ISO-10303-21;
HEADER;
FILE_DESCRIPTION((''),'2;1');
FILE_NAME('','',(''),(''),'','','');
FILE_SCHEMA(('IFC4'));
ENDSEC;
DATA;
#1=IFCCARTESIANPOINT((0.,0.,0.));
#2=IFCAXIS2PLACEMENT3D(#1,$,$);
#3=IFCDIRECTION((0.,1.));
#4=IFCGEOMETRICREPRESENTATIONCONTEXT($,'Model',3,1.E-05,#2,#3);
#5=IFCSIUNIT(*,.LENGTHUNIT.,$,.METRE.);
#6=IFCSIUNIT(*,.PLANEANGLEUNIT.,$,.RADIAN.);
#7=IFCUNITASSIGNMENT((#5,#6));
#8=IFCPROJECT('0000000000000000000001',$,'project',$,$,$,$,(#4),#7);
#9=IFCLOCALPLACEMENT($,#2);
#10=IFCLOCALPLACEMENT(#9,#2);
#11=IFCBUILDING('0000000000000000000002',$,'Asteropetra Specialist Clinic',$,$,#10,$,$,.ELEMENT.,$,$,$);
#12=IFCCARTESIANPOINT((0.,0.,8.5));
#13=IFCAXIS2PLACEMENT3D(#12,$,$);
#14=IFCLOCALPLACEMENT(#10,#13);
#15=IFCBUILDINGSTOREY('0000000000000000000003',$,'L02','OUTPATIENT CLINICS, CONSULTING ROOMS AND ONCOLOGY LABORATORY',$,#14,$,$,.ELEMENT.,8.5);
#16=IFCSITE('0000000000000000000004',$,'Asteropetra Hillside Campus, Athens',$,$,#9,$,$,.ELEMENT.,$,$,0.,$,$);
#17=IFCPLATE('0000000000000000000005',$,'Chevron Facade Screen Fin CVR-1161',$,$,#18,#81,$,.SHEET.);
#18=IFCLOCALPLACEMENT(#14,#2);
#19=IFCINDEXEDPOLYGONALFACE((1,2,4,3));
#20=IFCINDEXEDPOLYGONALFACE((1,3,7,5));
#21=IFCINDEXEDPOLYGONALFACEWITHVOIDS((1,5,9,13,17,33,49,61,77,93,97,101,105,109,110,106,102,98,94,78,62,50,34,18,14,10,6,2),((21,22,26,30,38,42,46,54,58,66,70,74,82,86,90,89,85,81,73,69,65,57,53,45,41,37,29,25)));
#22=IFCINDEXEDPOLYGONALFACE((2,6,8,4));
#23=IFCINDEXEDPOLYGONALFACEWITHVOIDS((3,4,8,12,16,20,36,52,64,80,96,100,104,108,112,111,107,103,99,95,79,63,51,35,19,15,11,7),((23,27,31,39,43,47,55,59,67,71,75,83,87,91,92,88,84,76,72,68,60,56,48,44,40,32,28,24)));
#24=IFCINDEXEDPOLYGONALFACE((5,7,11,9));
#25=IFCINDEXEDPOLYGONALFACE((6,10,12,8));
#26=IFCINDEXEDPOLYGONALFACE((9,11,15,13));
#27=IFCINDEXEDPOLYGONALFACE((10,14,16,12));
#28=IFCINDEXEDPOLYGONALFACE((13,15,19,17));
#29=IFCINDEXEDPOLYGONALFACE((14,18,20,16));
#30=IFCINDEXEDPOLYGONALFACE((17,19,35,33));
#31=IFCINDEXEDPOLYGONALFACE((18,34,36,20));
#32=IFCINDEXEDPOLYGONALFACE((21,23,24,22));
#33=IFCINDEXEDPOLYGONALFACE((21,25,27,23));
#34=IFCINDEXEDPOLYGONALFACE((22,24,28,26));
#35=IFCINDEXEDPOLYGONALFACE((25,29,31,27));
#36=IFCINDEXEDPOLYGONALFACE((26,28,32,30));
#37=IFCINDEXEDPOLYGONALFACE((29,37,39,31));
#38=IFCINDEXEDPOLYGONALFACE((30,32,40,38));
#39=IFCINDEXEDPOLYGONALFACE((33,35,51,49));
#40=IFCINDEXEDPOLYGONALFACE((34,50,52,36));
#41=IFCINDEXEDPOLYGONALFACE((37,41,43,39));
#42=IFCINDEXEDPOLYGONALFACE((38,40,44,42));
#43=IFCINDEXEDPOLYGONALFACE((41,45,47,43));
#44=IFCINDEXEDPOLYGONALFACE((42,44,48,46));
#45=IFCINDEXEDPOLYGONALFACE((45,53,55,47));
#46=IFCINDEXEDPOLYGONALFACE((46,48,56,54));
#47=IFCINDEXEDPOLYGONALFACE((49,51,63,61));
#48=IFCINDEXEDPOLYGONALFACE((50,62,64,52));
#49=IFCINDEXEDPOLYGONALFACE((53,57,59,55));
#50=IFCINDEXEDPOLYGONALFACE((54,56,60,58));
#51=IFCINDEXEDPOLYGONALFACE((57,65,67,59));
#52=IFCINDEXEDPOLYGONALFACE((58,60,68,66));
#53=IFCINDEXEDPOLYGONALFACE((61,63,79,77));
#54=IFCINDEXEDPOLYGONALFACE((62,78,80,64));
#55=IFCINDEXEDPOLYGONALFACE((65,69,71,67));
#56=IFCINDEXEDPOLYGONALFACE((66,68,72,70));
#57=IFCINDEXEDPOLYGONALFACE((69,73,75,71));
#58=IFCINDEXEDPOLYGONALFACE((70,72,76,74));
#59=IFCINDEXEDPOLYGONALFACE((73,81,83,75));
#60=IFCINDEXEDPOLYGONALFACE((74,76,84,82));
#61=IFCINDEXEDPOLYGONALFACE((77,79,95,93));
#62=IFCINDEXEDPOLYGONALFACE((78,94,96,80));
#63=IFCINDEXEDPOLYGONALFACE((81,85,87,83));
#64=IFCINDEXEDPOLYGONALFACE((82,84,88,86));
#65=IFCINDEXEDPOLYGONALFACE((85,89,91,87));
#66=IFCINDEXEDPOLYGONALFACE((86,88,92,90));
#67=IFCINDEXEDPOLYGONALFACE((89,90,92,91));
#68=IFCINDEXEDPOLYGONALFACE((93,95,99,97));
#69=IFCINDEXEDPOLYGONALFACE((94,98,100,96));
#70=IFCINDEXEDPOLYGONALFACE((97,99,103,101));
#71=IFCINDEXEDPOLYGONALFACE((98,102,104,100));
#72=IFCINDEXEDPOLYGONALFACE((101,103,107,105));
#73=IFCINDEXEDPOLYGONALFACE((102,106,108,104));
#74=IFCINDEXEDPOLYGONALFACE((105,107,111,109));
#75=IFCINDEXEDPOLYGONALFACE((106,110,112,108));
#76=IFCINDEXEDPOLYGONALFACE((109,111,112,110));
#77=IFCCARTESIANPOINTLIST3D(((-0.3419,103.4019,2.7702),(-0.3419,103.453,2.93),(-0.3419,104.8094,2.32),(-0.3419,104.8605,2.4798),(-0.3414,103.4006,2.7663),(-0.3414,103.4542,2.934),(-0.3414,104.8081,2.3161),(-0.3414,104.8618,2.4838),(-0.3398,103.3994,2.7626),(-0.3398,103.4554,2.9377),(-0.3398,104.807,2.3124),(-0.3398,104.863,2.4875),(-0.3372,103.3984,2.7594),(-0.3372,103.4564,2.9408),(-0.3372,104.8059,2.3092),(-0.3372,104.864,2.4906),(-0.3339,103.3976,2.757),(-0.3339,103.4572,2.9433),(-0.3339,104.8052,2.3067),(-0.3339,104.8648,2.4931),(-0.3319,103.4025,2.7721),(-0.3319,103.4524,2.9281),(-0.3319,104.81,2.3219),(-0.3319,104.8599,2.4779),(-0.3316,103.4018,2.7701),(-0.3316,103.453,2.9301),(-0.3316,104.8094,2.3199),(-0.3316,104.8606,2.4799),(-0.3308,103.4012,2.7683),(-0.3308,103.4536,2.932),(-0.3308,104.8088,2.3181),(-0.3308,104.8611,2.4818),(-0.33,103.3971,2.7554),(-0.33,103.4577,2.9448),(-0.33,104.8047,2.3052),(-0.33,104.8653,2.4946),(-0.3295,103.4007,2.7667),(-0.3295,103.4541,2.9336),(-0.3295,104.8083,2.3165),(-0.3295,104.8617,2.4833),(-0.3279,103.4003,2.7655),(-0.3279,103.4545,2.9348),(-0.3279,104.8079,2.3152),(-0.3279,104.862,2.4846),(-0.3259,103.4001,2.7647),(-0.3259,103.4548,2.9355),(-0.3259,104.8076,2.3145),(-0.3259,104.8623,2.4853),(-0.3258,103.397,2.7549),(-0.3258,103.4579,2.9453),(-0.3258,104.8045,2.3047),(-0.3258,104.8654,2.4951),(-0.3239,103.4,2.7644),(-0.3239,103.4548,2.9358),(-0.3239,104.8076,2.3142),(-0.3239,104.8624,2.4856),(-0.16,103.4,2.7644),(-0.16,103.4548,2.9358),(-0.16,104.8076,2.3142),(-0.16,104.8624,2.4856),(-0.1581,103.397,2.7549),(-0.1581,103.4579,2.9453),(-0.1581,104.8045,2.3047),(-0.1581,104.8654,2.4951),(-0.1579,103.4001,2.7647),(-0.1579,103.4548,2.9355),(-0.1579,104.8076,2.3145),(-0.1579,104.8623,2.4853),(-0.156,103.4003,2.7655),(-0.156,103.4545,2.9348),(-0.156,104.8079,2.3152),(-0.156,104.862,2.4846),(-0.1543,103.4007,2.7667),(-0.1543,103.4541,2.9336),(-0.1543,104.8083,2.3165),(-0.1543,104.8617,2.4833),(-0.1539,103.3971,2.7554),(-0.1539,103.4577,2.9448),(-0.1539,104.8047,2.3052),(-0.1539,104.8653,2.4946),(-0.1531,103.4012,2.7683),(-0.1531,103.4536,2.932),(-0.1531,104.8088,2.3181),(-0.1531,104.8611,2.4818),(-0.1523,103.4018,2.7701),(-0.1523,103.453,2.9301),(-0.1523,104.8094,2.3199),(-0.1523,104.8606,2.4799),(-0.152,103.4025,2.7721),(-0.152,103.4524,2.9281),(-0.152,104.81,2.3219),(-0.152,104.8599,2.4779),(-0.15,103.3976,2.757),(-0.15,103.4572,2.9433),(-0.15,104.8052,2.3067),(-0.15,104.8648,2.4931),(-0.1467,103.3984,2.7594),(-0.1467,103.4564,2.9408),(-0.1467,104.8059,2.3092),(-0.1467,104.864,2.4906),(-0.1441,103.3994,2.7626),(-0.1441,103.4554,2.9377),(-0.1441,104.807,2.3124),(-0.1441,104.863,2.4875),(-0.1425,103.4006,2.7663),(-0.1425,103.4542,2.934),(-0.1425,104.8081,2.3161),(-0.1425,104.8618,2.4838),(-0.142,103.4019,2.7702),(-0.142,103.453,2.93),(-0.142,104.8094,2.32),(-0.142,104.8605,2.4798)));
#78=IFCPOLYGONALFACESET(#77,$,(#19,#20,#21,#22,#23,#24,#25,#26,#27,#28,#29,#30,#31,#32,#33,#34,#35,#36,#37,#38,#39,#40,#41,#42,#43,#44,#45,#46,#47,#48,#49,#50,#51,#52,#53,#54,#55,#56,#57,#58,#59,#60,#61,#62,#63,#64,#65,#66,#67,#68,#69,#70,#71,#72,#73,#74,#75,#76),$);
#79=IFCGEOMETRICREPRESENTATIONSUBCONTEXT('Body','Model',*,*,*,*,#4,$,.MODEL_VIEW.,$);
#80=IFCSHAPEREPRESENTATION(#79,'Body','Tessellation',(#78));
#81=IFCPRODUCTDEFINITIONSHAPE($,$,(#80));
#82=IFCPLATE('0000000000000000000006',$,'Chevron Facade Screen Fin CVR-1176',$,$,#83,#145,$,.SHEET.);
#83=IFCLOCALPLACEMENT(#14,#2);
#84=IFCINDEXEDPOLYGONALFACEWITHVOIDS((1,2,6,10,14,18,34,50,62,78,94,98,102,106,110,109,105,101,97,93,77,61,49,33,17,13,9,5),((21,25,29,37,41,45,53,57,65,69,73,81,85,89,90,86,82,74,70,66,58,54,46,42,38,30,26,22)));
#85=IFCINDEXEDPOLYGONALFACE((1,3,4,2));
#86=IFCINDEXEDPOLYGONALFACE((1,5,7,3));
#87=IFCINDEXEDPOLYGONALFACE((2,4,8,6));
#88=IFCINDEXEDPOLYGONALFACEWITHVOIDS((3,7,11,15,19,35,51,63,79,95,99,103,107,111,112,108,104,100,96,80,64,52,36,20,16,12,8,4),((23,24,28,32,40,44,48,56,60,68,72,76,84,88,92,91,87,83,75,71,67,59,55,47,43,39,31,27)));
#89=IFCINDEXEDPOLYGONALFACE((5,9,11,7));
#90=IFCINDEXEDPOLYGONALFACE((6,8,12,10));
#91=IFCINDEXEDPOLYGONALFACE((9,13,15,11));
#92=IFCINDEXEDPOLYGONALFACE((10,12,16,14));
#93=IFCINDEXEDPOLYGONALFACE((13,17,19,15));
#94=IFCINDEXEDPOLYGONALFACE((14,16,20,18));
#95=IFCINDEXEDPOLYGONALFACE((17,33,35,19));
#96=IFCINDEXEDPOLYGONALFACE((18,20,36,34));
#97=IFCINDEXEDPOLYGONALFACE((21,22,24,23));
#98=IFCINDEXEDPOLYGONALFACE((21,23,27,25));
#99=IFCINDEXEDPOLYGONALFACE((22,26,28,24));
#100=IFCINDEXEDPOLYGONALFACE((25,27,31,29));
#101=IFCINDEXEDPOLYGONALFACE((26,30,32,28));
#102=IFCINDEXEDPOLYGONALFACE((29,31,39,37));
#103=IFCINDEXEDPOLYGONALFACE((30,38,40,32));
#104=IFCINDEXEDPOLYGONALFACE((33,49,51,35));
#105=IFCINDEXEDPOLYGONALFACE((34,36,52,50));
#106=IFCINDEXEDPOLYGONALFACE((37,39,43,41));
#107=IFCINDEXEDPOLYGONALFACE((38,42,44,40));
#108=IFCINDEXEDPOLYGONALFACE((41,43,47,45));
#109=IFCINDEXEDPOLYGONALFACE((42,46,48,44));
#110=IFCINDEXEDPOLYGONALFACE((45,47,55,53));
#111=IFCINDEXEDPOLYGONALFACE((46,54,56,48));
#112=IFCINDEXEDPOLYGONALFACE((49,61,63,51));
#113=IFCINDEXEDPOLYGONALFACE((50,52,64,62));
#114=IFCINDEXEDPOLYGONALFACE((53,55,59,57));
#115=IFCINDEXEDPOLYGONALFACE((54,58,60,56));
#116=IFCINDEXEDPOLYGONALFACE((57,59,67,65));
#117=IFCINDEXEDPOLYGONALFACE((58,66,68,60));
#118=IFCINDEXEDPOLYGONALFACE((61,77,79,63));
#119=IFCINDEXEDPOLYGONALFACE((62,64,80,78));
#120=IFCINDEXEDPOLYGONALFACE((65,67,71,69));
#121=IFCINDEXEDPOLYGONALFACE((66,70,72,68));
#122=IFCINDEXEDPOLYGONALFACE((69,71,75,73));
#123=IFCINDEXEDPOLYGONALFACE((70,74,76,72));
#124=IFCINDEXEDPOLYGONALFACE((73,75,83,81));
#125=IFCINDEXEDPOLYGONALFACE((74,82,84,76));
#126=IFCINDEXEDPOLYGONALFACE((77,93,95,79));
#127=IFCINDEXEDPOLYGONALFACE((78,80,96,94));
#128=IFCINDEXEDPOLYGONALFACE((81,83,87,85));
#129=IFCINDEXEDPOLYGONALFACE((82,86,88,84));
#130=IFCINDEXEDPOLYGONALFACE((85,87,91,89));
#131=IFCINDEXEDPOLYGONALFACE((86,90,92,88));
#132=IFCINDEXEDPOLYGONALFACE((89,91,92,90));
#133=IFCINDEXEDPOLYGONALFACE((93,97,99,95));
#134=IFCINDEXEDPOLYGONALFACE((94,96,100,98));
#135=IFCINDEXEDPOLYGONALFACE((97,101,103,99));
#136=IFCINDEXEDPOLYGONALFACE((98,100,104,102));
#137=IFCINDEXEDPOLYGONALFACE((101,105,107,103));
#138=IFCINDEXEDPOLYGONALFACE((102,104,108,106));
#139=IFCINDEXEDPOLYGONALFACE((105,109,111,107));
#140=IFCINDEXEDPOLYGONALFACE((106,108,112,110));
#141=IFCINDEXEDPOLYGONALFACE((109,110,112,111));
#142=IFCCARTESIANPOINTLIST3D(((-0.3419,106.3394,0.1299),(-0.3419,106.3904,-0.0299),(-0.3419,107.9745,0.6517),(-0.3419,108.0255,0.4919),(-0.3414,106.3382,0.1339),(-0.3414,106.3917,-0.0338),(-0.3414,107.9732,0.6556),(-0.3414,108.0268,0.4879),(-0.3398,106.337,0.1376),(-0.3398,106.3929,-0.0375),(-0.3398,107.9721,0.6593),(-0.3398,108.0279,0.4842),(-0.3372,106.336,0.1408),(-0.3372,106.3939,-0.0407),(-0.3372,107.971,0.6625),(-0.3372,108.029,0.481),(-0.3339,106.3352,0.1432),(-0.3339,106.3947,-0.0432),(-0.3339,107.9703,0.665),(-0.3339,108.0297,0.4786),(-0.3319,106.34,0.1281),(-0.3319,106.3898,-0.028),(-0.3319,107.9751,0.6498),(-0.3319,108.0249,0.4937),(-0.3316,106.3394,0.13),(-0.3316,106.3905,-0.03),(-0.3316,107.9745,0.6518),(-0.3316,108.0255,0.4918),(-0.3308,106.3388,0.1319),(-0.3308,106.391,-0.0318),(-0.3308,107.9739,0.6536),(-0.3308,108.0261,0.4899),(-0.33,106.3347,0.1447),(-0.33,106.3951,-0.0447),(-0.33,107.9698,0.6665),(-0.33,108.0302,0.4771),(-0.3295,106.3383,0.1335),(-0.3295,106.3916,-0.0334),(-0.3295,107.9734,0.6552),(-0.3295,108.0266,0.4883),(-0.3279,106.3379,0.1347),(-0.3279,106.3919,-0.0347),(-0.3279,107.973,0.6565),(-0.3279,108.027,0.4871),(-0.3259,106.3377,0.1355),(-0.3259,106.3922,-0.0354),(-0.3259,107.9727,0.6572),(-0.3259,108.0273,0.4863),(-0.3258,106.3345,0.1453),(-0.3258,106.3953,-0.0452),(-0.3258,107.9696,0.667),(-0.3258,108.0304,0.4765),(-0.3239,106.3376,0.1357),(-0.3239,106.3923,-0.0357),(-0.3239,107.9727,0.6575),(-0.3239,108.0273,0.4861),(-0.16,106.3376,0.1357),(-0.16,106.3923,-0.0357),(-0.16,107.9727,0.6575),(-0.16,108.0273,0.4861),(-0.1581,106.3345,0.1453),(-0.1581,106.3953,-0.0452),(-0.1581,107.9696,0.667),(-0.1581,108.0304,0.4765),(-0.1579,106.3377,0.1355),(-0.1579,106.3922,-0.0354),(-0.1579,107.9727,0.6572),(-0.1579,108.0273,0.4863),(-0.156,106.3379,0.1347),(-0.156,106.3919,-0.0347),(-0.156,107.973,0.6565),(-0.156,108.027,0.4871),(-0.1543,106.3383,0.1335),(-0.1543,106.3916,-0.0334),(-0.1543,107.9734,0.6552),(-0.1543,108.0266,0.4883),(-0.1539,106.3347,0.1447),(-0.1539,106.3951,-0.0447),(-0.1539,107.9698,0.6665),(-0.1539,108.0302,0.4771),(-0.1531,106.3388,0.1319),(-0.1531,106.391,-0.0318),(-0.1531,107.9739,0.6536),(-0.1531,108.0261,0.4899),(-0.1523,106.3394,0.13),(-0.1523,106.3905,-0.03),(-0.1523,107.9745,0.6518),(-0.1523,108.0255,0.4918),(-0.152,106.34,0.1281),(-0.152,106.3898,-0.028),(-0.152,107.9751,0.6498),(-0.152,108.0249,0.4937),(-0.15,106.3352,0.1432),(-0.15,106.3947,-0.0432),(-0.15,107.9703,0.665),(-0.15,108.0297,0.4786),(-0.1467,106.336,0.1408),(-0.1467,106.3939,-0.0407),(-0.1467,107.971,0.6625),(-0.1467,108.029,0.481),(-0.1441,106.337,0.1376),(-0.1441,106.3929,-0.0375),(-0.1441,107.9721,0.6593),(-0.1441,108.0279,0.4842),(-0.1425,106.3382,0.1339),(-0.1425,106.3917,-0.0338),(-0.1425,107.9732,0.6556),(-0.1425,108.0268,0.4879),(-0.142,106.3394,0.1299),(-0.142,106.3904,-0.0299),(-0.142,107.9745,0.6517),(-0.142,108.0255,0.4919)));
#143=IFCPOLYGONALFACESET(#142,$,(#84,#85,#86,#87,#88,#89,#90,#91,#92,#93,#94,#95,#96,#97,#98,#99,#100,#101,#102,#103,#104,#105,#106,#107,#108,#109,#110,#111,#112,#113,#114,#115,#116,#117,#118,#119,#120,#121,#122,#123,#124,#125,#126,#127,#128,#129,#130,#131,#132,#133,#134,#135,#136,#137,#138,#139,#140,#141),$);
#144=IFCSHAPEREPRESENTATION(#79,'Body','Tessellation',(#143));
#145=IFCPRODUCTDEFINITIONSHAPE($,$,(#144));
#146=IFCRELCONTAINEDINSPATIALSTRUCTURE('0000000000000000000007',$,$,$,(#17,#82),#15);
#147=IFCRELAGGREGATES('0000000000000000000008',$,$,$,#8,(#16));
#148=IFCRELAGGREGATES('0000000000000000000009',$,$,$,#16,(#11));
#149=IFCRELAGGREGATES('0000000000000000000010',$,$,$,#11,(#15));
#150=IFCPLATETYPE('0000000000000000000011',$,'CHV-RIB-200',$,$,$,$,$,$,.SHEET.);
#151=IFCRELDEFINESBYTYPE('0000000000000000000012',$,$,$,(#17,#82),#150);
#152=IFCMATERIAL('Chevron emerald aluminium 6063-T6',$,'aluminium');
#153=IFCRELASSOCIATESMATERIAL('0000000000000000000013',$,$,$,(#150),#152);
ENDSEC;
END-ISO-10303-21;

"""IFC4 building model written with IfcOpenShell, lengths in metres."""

from ifc_helpers import new_model, si_unit, direction, frame, origin, origin_2d, place, context, subcontext, project, spatial, hollow_rectangle, extrude, material, material_profile, profile_set, type_object, element, save


model = new_model("IFC4")

# Units and contexts
model_context = context("Model", 3, precision=1e-05, world=origin(), true_north=direction((0.0, 1.0)))
body_context = subcontext(model_context, "Body", "Model", "MODEL_VIEW")
ifc_project = project(units=[si_unit("LENGTHUNIT", "METRE"), si_unit("PLANEANGLEUNIT", "RADIAN")], contexts=[model_context])

# Site, building, storey
site_placement = place(None, origin())
site = spatial("IfcSite", under=ifc_project, at=site_placement, Name="Asteropetra Hillside Campus, Athens", CompositionType="ELEMENT", RefElevation=0.0)
building_placement = place(site_placement, origin())
building = spatial("IfcBuilding", under=site, at=building_placement, Name="Asteropetra Specialist Clinic", CompositionType="ELEMENT")
storey_placement = place(building_placement, frame((0.0, 0.0, 8.5)))
storey = spatial("IfcBuildingStorey", under=building, at=storey_placement, Name="L02", Description="OUTPATIENT CLINICS, CONSULTING ROOMS AND ONCOLOGY LABORATORY", CompositionType="ELEMENT", Elevation=8.5)

# Plates
ifc_material_1 = material(Name="Chevron emerald aluminium 6063-T6", Category="aluminium")
ifc_material_profile_1 = material_profile(ifc_material_1, hollow_rectangle(XDim=0.2, YDim=0.2, WallThickness=0.01, InnerFilletRadius=0.0081, OuterFilletRadius=0.0161, at=origin_2d()), Name="SHS 200x200x10.0")
ifc_profile_set_1 = profile_set([ifc_material_profile_1], Name="Chevron emerald aluminium 6063-T6")
plate_type = type_object("IfcPlateType", Name="CHV-RIB-200", PredefinedType="SHEET", material=ifc_profile_set_1)
plate_placement = place(storey_placement, frame((-0.2419, 104.835, 2.3999), z_axis=(0.0, -0.952463, 0.304656), x_axis=(1.0, 0.0, 0.0)))
element("IfcPlate", 1, at=plate_placement, inside=storey, type_object=plate_type, Name="Chevron Facade Screen Fin CVR-1161", PredefinedType="SHEET", context=body_context, shape_type="SweptSolid", body=[
    extrude(hollow_rectangle(XDim=0.2, YDim=0.2, WallThickness=0.01, InnerFilletRadius=0.0081, OuterFilletRadius=0.0161, at=origin_2d()), origin(), (0.0, 0.0, 1.0), 1.4778),
])
for number, where, z_axis, x_axis, name in (
    (2, (-0.2419, 108.0, 0.5718), (0.0, -0.952673, -0.303996), (1.0, 0.0, 0.0), "Chevron Facade Screen Fin CVR-1176"),
):
    element("IfcPlate", number, at=place(storey_placement, frame(where, z_axis=z_axis, x_axis=x_axis)), inside=storey, type_object=plate_type, Name=name, PredefinedType="SHEET", context=body_context, shape_type="SweptSolid", body=[
        extrude(hollow_rectangle(XDim=0.2, YDim=0.2, WallThickness=0.01, InnerFilletRadius=0.0081, OuterFilletRadius=0.0161, at=origin_2d()), origin(), (0.0, 0.0, 1.0), 1.7163),
    ])

save(model, "model.ifc")
